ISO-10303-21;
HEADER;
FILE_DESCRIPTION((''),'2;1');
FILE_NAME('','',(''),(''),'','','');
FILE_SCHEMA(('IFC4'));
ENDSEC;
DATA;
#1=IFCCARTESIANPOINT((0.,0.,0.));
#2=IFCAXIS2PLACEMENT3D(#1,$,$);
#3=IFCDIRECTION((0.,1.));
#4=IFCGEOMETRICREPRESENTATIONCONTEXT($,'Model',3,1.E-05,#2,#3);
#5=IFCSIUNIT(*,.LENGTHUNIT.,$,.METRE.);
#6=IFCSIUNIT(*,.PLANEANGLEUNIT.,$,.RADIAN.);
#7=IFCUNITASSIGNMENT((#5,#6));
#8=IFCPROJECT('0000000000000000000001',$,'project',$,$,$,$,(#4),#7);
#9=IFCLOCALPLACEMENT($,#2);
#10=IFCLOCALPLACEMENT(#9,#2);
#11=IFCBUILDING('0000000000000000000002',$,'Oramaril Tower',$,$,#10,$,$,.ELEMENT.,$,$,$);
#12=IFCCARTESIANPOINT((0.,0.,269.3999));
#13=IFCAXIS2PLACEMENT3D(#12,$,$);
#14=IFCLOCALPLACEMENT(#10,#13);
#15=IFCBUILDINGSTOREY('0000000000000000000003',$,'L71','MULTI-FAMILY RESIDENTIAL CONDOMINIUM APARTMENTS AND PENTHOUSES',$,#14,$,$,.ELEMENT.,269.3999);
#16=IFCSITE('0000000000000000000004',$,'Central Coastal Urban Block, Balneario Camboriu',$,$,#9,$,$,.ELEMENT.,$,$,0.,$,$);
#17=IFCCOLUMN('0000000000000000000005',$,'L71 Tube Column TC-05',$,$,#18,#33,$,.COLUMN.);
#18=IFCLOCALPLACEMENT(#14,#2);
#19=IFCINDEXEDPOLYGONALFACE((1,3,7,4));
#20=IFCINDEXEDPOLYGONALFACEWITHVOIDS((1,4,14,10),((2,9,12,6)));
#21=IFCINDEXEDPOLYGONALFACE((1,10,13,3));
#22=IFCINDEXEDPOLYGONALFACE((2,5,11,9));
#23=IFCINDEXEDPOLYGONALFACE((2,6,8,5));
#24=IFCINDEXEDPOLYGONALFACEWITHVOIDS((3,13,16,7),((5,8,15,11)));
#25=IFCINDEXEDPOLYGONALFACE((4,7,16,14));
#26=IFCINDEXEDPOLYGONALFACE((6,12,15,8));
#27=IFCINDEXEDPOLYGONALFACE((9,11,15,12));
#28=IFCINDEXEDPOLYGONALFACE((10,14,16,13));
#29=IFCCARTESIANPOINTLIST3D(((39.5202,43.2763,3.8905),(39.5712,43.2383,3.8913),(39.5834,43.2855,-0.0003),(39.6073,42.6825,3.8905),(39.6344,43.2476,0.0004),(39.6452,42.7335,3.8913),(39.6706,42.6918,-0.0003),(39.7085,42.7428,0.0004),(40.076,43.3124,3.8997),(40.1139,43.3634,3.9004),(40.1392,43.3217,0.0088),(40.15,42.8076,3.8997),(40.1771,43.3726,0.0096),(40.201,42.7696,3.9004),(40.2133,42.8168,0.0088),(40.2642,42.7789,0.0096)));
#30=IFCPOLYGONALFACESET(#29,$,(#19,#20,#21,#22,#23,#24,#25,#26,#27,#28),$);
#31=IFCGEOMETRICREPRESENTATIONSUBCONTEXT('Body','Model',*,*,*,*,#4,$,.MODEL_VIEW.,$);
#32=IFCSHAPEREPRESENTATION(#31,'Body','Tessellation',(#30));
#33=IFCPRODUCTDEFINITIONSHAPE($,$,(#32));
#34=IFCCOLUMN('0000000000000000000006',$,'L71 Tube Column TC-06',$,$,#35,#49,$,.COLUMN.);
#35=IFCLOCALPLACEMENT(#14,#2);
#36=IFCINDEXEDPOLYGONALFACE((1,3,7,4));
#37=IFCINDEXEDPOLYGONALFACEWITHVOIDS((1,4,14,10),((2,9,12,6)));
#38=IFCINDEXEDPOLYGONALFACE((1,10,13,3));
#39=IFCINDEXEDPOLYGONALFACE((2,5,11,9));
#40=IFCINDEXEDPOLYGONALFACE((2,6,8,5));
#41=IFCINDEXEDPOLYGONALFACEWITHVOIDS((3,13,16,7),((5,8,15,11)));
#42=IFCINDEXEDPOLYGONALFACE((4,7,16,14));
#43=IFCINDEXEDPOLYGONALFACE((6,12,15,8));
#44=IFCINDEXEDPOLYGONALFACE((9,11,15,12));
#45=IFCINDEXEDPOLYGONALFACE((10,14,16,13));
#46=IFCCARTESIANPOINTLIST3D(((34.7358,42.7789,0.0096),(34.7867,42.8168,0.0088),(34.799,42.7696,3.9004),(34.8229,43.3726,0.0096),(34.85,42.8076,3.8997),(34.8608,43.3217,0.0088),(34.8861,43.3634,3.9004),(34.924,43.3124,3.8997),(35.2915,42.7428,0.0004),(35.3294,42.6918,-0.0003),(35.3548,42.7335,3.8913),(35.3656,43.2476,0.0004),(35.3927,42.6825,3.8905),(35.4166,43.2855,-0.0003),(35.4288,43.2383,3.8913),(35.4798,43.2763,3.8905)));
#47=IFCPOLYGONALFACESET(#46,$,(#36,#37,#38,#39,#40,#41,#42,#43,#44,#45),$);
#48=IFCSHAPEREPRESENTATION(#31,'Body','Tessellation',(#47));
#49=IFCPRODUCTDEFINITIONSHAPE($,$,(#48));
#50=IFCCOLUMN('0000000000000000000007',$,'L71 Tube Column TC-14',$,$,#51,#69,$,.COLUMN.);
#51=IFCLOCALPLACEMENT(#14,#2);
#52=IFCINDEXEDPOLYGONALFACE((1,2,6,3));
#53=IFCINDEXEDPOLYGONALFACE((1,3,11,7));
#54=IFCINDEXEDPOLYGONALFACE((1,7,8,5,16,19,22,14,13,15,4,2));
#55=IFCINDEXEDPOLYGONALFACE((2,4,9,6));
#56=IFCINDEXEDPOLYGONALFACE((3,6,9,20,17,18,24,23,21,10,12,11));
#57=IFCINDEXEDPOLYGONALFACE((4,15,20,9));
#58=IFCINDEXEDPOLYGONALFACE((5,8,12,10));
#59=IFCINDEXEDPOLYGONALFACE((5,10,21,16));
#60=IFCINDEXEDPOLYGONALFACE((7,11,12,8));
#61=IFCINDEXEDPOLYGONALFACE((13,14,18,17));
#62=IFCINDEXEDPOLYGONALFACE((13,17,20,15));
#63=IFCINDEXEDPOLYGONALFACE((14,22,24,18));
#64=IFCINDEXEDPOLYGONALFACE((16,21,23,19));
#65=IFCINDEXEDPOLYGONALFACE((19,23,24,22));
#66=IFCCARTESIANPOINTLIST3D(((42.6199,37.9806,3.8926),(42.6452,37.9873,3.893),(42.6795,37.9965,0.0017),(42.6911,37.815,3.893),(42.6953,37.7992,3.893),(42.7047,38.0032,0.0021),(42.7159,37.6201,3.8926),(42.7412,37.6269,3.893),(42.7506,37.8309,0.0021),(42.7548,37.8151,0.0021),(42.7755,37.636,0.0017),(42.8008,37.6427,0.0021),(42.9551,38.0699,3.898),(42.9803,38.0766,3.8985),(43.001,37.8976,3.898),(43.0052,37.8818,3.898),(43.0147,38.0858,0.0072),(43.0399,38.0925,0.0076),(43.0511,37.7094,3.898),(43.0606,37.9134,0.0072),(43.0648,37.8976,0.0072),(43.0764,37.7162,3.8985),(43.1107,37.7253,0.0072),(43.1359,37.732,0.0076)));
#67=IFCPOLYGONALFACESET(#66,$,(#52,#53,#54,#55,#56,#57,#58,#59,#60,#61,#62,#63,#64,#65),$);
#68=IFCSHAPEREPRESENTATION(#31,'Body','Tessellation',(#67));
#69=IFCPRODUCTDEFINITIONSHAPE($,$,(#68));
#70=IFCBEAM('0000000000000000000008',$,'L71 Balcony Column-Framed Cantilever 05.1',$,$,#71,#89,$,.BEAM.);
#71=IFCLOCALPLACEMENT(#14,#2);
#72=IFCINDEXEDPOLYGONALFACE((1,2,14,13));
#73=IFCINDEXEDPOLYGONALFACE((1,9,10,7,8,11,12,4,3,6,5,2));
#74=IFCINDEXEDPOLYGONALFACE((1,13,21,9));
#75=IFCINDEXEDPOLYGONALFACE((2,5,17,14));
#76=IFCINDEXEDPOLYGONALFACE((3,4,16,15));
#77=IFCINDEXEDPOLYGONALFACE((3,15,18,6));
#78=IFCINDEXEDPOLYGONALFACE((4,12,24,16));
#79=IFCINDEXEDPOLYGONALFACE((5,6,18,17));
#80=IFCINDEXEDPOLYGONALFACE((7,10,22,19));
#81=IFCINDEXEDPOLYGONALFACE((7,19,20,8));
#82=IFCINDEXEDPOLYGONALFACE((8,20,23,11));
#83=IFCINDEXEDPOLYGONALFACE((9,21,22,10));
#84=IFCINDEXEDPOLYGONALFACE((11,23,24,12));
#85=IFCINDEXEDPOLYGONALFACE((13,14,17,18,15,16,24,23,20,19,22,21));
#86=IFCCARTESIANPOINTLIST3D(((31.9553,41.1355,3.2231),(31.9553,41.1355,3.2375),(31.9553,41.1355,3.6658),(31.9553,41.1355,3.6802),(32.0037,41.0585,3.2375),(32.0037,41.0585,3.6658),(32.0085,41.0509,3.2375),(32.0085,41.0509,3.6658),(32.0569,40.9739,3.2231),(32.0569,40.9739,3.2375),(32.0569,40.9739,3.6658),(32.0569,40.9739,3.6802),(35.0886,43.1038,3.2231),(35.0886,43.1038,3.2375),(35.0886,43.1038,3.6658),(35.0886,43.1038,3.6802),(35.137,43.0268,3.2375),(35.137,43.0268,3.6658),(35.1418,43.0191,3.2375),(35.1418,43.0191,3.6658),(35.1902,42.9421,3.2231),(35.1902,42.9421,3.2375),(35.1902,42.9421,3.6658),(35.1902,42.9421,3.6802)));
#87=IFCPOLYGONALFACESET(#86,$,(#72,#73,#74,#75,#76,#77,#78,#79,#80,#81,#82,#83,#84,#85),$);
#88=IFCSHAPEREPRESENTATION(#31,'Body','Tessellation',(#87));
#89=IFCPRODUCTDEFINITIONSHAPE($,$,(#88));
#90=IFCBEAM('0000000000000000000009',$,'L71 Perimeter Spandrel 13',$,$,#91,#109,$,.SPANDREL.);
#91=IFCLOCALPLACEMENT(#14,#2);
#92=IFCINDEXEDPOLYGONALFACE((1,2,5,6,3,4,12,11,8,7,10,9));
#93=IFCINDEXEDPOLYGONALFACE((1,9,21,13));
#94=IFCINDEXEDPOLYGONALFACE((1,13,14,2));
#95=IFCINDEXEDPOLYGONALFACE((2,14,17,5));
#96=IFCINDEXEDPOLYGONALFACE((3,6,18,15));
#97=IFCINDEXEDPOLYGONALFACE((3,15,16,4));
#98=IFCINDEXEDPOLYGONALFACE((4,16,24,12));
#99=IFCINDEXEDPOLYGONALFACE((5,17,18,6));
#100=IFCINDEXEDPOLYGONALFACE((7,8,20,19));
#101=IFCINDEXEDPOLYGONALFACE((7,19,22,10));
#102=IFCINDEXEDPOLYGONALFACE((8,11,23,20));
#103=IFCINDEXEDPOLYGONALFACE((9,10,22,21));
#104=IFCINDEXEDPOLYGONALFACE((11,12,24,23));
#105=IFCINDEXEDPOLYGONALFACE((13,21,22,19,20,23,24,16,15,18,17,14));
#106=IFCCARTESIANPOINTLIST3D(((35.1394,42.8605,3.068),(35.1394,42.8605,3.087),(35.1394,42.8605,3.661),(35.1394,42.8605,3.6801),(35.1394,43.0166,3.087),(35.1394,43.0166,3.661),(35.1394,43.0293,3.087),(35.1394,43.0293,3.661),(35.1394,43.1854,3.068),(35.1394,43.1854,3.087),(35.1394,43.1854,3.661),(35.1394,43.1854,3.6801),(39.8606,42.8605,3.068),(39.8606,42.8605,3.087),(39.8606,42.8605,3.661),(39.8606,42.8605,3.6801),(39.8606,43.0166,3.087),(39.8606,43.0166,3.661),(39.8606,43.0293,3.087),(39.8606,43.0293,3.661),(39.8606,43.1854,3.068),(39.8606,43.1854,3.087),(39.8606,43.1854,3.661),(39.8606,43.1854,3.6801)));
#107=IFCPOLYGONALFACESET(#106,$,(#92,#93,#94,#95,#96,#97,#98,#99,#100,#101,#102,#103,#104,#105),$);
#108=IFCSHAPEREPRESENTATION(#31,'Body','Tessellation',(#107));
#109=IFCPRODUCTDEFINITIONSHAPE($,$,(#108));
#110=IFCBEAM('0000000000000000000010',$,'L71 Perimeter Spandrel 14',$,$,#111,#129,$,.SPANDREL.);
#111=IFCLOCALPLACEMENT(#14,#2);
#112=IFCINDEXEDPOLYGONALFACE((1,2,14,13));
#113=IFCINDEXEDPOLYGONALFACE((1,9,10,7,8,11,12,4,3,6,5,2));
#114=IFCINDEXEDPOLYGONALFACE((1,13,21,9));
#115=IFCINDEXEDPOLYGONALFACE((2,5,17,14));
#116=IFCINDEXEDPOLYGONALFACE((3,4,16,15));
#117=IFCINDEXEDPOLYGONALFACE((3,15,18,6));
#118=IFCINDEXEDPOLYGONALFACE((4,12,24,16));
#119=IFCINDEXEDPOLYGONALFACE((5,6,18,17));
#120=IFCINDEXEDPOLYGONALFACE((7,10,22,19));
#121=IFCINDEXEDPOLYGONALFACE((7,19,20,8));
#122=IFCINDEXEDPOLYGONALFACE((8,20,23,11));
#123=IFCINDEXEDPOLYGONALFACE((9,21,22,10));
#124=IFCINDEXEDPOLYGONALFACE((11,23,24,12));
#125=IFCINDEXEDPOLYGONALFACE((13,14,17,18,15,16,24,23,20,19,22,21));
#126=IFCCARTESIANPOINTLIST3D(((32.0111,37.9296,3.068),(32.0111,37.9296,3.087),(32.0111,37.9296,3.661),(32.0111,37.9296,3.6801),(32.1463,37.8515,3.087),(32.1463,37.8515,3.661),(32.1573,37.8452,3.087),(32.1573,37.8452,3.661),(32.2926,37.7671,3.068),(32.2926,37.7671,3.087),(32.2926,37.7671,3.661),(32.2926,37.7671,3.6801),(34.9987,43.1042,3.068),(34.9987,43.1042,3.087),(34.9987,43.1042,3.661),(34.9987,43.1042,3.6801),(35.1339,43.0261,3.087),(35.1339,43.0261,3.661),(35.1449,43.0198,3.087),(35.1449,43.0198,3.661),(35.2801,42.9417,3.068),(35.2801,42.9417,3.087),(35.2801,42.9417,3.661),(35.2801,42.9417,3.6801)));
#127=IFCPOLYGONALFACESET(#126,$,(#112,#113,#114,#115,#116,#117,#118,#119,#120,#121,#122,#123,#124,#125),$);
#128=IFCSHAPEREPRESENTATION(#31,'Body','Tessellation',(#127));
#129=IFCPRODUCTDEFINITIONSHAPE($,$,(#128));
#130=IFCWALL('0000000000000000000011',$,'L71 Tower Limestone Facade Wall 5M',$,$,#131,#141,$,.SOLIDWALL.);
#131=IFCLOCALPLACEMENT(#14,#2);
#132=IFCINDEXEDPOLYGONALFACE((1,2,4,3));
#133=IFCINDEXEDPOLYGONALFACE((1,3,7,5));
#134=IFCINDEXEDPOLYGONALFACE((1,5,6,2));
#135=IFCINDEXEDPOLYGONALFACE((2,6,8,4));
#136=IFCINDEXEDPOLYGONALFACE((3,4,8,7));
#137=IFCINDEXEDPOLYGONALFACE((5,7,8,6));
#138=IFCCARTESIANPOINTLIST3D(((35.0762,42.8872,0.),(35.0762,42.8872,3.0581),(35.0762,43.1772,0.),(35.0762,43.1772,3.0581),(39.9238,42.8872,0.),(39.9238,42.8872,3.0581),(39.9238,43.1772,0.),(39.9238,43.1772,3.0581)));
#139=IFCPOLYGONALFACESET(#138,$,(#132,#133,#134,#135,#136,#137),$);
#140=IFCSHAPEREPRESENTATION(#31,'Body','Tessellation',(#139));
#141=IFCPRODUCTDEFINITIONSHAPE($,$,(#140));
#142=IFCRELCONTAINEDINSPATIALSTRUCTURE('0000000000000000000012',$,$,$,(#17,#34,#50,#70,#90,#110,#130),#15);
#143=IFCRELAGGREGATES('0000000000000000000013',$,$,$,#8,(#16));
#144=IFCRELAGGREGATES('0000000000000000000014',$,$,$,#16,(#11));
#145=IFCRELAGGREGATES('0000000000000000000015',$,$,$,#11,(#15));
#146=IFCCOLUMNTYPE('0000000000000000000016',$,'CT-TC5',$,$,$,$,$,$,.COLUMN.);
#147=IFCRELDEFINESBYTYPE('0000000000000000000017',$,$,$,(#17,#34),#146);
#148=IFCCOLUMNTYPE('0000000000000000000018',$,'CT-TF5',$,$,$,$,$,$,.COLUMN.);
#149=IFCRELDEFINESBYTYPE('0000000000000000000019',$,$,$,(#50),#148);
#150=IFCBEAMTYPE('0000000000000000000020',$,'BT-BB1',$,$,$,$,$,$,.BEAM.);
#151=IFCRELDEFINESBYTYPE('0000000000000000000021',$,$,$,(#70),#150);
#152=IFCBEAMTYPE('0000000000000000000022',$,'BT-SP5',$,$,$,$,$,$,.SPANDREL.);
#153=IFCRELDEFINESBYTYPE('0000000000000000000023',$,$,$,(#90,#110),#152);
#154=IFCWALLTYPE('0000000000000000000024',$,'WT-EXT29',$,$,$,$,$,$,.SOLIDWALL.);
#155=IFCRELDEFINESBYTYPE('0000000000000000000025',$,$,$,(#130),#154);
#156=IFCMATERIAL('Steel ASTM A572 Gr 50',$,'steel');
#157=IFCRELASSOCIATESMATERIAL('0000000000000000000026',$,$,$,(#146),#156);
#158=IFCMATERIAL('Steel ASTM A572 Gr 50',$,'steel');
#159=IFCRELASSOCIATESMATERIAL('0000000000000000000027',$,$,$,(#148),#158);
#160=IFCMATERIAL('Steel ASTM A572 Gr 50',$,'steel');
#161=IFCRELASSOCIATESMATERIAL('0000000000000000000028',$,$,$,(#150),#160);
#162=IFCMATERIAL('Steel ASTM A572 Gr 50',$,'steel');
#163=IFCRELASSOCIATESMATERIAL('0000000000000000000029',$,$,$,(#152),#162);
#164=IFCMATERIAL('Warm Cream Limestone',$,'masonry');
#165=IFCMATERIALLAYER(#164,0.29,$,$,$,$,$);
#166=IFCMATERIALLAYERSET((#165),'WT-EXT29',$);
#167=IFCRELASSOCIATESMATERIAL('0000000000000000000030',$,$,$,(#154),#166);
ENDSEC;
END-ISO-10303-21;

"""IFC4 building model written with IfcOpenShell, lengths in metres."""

from ifc_helpers import new_model, si_unit, direction, frame, frame_2d, origin, origin_2d, place, context, subcontext, project, spatial, rectangle, hollow_rectangle, i_section, extrude, material, layer, layer_set, material_profile, profile_set, type_object, element, save


model = new_model("IFC4")

# Units and contexts
model_context = context("Model", 3, precision=1e-05, world=origin(), true_north=direction((0.0, 1.0)))
body_context = subcontext(model_context, "Body", "Model", "MODEL_VIEW")
ifc_project = project(units=[si_unit("LENGTHUNIT", "METRE"), si_unit("PLANEANGLEUNIT", "RADIAN")], contexts=[model_context])

# Site, building, storey
site_placement = place(None, origin())
site = spatial("IfcSite", under=ifc_project, at=site_placement, Name="Central Coastal Urban Block, Balneario Camboriu", CompositionType="ELEMENT", RefElevation=0.0)
building_placement = place(site_placement, origin())
building = spatial("IfcBuilding", under=site, at=building_placement, Name="Oramaril Tower", CompositionType="ELEMENT")
storey_placement = place(building_placement, frame((0.0, 0.0, 269.3999)))
storey = spatial("IfcBuildingStorey", under=building, at=storey_placement, Name="L71", Description="MULTI-FAMILY RESIDENTIAL CONDOMINIUM APARTMENTS AND PENTHOUSES", CompositionType="ELEMENT", Elevation=269.3999)

# Columns
ifc_material_1 = material(Name="Steel ASTM A572 Gr 50", Category="steel")
ifc_material_profile_1 = material_profile(ifc_material_1, hollow_rectangle(XDim=0.6001, YDim=0.6001, WallThickness=0.0449, at=origin_2d()), Name="BOX600X600X45")
ifc_profile_set_1 = profile_set([ifc_material_profile_1], Name="Steel ASTM A572 Gr 50")
column_type_1 = type_object("IfcColumnType", Name="CT-TC5", PredefinedType="COLUMN", material=ifc_profile_set_1)
for number, where, z_axis, x_axis, name in (
    (1, (39.9238, 43.0322, 0.0046), (-0.016249, -0.002384, 0.999865), (0.145164, -0.989408, 0.0), "L71 Tube Column TC-05"),
    (2, (35.0762, 43.0322, 0.0046), (0.016249, -0.002384, 0.999865), (0.145164, 0.989408, 0.0), "L71 Tube Column TC-06"),
):
    element("IfcColumn", number, at=place(storey_placement, frame(where, z_axis=z_axis, x_axis=x_axis)), inside=storey, type_object=column_type_1, Name=name, PredefinedType="COLUMN", context=body_context, shape_type="SweptSolid", body=[
        extrude(hollow_rectangle(XDim=0.6001, YDim=0.6001, WallThickness=0.0449, at=origin_2d()), origin(), (0.0, 0.0, 1.0), 3.8914),
    ])
ifc_material_2 = material(Name="Steel ASTM A572 Gr 50", Category="steel")
ifc_material_profile_2 = material_profile(ifc_material_2, i_section(OverallWidth=0.373, OverallDepth=0.373, WebThickness=0.0164, FlangeThickness=0.0261, at=origin_2d()), Name="W14X132")
ifc_profile_set_2 = profile_set([ifc_material_profile_2], Name="Steel ASTM A572 Gr 50")
column_type_2 = type_object("IfcColumnType", Name="CT-TF5", PredefinedType="COLUMN", material=ifc_profile_set_2)
column_placement = place(storey_placement, frame((42.9077, 37.8643, 0.0046), z_axis=(-0.015308, -0.004078, 0.999875), x_axis=(0.257416, -0.966301, 0.0)))
element("IfcColumn", 3, at=column_placement, inside=storey, type_object=column_type_2, Name="L71 Tube Column TC-14", PredefinedType="COLUMN", context=body_context, shape_type="SweptSolid", body=[
    extrude(i_section(OverallWidth=0.373, OverallDepth=0.373, WebThickness=0.0164, FlangeThickness=0.0261, at=origin_2d()), origin(), (0.0, 0.0, 1.0), 3.8914),
])

# Beams
ifc_material_3 = material(Name="Steel ASTM A572 Gr 50", Category="steel")
ifc_material_profile_3 = material_profile(ifc_material_3, i_section(OverallWidth=0.1909, OverallDepth=0.457, WebThickness=0.009, FlangeThickness=0.0144, at=origin_2d()), Name="W18X50")
ifc_profile_set_3 = profile_set([ifc_material_profile_3], Name="Steel ASTM A572 Gr 50")
beam_type_1 = type_object("IfcBeamType", Name="BT-BB1", PredefinedType="BEAM", material=ifc_profile_set_3)
beam_1_placement = place(storey_placement, frame((35.1394, 43.0229, 3.4517), z_axis=(-0.846788, -0.531931, 0.0), x_axis=(0.531931, -0.846788, 0.0)))
element("IfcBeam", 4, at=beam_1_placement, inside=storey, type_object=beam_type_1, Name="L71 Balcony Column-Framed Cantilever 05.1", PredefinedType="BEAM", context=body_context, shape_type="SweptSolid", body=[
    extrude(i_section(OverallWidth=0.1909, OverallDepth=0.457, WebThickness=0.009, FlangeThickness=0.0144, at=origin_2d()), origin(), (0.0, 0.0, 1.0), 3.7002),
])
ifc_material_4 = material(Name="Steel ASTM A572 Gr 50", Category="steel")
ifc_material_profile_4 = material_profile(ifc_material_4, i_section(OverallWidth=0.325, OverallDepth=0.6121, WebThickness=0.0127, FlangeThickness=0.019, at=origin_2d()), Name="W24X104")
ifc_profile_set_4 = profile_set([ifc_material_profile_4], Name="Steel ASTM A572 Gr 50")
beam_type_2 = type_object("IfcBeamType", Name="BT-SP5", PredefinedType="SPANDREL", material=ifc_profile_set_4)
beam_2_placement = place(storey_placement, frame((39.8606, 43.0229, 3.374), z_axis=(-1.0, 0.0, 0.0), x_axis=(0.0, -1.0, 0.0)))
element("IfcBeam", 5, at=beam_2_placement, inside=storey, type_object=beam_type_2, Name="L71 Perimeter Spandrel 13", PredefinedType="SPANDREL", context=body_context, shape_type="SweptSolid", body=[
    extrude(i_section(OverallWidth=0.325, OverallDepth=0.6121, WebThickness=0.0127, FlangeThickness=0.019, at=origin_2d()), origin(), (0.0, 0.0, 1.0), 4.7212),
])
beam_3_placement = place(storey_placement, frame((35.1394, 43.0229, 3.374), z_axis=(-0.500002, -0.866024, 0.0), x_axis=(0.866024, -0.500002, 0.0)))
element("IfcBeam", 6, at=beam_3_placement, inside=storey, type_object=beam_type_2, Name="L71 Perimeter Spandrel 14", PredefinedType="SPANDREL", context=body_context, shape_type="SweptSolid", body=[
    extrude(i_section(OverallWidth=0.325, OverallDepth=0.6121, WebThickness=0.0127, FlangeThickness=0.019, at=origin_2d()), origin(), (0.0, 0.0, 1.0), 5.9751),
])

# Wall
ifc_material_5 = material(Name="Warm Cream Limestone", Category="masonry")
ifc_layer_1 = layer(ifc_material_5, 0.29)
ifc_layer_set_1 = layer_set([ifc_layer_1], Name="WT-EXT29")
wall_type_1 = type_object("IfcWallType", Name="WT-EXT29", PredefinedType="SOLIDWALL", material=ifc_layer_set_1)
wall_1_placement = place(storey_placement, frame((39.9238, 43.0322, 0.0), z_axis=(0.0, 0.0, 1.0), x_axis=(-1.0, 0.0, 0.0)))
element("IfcWall", 7, at=wall_1_placement, inside=storey, type_object=wall_type_1, Name="L71 Tower Limestone Facade Wall 5M", PredefinedType="SOLIDWALL", context=body_context, shape_type="SweptSolid", body=[
    extrude(rectangle(XDim=4.8477, YDim=0.29, at=frame_2d((2.4238, 0.0))), origin(), (0.0, 0.0, 1.0), 3.0581),
])

save(model, "model.ifc")
